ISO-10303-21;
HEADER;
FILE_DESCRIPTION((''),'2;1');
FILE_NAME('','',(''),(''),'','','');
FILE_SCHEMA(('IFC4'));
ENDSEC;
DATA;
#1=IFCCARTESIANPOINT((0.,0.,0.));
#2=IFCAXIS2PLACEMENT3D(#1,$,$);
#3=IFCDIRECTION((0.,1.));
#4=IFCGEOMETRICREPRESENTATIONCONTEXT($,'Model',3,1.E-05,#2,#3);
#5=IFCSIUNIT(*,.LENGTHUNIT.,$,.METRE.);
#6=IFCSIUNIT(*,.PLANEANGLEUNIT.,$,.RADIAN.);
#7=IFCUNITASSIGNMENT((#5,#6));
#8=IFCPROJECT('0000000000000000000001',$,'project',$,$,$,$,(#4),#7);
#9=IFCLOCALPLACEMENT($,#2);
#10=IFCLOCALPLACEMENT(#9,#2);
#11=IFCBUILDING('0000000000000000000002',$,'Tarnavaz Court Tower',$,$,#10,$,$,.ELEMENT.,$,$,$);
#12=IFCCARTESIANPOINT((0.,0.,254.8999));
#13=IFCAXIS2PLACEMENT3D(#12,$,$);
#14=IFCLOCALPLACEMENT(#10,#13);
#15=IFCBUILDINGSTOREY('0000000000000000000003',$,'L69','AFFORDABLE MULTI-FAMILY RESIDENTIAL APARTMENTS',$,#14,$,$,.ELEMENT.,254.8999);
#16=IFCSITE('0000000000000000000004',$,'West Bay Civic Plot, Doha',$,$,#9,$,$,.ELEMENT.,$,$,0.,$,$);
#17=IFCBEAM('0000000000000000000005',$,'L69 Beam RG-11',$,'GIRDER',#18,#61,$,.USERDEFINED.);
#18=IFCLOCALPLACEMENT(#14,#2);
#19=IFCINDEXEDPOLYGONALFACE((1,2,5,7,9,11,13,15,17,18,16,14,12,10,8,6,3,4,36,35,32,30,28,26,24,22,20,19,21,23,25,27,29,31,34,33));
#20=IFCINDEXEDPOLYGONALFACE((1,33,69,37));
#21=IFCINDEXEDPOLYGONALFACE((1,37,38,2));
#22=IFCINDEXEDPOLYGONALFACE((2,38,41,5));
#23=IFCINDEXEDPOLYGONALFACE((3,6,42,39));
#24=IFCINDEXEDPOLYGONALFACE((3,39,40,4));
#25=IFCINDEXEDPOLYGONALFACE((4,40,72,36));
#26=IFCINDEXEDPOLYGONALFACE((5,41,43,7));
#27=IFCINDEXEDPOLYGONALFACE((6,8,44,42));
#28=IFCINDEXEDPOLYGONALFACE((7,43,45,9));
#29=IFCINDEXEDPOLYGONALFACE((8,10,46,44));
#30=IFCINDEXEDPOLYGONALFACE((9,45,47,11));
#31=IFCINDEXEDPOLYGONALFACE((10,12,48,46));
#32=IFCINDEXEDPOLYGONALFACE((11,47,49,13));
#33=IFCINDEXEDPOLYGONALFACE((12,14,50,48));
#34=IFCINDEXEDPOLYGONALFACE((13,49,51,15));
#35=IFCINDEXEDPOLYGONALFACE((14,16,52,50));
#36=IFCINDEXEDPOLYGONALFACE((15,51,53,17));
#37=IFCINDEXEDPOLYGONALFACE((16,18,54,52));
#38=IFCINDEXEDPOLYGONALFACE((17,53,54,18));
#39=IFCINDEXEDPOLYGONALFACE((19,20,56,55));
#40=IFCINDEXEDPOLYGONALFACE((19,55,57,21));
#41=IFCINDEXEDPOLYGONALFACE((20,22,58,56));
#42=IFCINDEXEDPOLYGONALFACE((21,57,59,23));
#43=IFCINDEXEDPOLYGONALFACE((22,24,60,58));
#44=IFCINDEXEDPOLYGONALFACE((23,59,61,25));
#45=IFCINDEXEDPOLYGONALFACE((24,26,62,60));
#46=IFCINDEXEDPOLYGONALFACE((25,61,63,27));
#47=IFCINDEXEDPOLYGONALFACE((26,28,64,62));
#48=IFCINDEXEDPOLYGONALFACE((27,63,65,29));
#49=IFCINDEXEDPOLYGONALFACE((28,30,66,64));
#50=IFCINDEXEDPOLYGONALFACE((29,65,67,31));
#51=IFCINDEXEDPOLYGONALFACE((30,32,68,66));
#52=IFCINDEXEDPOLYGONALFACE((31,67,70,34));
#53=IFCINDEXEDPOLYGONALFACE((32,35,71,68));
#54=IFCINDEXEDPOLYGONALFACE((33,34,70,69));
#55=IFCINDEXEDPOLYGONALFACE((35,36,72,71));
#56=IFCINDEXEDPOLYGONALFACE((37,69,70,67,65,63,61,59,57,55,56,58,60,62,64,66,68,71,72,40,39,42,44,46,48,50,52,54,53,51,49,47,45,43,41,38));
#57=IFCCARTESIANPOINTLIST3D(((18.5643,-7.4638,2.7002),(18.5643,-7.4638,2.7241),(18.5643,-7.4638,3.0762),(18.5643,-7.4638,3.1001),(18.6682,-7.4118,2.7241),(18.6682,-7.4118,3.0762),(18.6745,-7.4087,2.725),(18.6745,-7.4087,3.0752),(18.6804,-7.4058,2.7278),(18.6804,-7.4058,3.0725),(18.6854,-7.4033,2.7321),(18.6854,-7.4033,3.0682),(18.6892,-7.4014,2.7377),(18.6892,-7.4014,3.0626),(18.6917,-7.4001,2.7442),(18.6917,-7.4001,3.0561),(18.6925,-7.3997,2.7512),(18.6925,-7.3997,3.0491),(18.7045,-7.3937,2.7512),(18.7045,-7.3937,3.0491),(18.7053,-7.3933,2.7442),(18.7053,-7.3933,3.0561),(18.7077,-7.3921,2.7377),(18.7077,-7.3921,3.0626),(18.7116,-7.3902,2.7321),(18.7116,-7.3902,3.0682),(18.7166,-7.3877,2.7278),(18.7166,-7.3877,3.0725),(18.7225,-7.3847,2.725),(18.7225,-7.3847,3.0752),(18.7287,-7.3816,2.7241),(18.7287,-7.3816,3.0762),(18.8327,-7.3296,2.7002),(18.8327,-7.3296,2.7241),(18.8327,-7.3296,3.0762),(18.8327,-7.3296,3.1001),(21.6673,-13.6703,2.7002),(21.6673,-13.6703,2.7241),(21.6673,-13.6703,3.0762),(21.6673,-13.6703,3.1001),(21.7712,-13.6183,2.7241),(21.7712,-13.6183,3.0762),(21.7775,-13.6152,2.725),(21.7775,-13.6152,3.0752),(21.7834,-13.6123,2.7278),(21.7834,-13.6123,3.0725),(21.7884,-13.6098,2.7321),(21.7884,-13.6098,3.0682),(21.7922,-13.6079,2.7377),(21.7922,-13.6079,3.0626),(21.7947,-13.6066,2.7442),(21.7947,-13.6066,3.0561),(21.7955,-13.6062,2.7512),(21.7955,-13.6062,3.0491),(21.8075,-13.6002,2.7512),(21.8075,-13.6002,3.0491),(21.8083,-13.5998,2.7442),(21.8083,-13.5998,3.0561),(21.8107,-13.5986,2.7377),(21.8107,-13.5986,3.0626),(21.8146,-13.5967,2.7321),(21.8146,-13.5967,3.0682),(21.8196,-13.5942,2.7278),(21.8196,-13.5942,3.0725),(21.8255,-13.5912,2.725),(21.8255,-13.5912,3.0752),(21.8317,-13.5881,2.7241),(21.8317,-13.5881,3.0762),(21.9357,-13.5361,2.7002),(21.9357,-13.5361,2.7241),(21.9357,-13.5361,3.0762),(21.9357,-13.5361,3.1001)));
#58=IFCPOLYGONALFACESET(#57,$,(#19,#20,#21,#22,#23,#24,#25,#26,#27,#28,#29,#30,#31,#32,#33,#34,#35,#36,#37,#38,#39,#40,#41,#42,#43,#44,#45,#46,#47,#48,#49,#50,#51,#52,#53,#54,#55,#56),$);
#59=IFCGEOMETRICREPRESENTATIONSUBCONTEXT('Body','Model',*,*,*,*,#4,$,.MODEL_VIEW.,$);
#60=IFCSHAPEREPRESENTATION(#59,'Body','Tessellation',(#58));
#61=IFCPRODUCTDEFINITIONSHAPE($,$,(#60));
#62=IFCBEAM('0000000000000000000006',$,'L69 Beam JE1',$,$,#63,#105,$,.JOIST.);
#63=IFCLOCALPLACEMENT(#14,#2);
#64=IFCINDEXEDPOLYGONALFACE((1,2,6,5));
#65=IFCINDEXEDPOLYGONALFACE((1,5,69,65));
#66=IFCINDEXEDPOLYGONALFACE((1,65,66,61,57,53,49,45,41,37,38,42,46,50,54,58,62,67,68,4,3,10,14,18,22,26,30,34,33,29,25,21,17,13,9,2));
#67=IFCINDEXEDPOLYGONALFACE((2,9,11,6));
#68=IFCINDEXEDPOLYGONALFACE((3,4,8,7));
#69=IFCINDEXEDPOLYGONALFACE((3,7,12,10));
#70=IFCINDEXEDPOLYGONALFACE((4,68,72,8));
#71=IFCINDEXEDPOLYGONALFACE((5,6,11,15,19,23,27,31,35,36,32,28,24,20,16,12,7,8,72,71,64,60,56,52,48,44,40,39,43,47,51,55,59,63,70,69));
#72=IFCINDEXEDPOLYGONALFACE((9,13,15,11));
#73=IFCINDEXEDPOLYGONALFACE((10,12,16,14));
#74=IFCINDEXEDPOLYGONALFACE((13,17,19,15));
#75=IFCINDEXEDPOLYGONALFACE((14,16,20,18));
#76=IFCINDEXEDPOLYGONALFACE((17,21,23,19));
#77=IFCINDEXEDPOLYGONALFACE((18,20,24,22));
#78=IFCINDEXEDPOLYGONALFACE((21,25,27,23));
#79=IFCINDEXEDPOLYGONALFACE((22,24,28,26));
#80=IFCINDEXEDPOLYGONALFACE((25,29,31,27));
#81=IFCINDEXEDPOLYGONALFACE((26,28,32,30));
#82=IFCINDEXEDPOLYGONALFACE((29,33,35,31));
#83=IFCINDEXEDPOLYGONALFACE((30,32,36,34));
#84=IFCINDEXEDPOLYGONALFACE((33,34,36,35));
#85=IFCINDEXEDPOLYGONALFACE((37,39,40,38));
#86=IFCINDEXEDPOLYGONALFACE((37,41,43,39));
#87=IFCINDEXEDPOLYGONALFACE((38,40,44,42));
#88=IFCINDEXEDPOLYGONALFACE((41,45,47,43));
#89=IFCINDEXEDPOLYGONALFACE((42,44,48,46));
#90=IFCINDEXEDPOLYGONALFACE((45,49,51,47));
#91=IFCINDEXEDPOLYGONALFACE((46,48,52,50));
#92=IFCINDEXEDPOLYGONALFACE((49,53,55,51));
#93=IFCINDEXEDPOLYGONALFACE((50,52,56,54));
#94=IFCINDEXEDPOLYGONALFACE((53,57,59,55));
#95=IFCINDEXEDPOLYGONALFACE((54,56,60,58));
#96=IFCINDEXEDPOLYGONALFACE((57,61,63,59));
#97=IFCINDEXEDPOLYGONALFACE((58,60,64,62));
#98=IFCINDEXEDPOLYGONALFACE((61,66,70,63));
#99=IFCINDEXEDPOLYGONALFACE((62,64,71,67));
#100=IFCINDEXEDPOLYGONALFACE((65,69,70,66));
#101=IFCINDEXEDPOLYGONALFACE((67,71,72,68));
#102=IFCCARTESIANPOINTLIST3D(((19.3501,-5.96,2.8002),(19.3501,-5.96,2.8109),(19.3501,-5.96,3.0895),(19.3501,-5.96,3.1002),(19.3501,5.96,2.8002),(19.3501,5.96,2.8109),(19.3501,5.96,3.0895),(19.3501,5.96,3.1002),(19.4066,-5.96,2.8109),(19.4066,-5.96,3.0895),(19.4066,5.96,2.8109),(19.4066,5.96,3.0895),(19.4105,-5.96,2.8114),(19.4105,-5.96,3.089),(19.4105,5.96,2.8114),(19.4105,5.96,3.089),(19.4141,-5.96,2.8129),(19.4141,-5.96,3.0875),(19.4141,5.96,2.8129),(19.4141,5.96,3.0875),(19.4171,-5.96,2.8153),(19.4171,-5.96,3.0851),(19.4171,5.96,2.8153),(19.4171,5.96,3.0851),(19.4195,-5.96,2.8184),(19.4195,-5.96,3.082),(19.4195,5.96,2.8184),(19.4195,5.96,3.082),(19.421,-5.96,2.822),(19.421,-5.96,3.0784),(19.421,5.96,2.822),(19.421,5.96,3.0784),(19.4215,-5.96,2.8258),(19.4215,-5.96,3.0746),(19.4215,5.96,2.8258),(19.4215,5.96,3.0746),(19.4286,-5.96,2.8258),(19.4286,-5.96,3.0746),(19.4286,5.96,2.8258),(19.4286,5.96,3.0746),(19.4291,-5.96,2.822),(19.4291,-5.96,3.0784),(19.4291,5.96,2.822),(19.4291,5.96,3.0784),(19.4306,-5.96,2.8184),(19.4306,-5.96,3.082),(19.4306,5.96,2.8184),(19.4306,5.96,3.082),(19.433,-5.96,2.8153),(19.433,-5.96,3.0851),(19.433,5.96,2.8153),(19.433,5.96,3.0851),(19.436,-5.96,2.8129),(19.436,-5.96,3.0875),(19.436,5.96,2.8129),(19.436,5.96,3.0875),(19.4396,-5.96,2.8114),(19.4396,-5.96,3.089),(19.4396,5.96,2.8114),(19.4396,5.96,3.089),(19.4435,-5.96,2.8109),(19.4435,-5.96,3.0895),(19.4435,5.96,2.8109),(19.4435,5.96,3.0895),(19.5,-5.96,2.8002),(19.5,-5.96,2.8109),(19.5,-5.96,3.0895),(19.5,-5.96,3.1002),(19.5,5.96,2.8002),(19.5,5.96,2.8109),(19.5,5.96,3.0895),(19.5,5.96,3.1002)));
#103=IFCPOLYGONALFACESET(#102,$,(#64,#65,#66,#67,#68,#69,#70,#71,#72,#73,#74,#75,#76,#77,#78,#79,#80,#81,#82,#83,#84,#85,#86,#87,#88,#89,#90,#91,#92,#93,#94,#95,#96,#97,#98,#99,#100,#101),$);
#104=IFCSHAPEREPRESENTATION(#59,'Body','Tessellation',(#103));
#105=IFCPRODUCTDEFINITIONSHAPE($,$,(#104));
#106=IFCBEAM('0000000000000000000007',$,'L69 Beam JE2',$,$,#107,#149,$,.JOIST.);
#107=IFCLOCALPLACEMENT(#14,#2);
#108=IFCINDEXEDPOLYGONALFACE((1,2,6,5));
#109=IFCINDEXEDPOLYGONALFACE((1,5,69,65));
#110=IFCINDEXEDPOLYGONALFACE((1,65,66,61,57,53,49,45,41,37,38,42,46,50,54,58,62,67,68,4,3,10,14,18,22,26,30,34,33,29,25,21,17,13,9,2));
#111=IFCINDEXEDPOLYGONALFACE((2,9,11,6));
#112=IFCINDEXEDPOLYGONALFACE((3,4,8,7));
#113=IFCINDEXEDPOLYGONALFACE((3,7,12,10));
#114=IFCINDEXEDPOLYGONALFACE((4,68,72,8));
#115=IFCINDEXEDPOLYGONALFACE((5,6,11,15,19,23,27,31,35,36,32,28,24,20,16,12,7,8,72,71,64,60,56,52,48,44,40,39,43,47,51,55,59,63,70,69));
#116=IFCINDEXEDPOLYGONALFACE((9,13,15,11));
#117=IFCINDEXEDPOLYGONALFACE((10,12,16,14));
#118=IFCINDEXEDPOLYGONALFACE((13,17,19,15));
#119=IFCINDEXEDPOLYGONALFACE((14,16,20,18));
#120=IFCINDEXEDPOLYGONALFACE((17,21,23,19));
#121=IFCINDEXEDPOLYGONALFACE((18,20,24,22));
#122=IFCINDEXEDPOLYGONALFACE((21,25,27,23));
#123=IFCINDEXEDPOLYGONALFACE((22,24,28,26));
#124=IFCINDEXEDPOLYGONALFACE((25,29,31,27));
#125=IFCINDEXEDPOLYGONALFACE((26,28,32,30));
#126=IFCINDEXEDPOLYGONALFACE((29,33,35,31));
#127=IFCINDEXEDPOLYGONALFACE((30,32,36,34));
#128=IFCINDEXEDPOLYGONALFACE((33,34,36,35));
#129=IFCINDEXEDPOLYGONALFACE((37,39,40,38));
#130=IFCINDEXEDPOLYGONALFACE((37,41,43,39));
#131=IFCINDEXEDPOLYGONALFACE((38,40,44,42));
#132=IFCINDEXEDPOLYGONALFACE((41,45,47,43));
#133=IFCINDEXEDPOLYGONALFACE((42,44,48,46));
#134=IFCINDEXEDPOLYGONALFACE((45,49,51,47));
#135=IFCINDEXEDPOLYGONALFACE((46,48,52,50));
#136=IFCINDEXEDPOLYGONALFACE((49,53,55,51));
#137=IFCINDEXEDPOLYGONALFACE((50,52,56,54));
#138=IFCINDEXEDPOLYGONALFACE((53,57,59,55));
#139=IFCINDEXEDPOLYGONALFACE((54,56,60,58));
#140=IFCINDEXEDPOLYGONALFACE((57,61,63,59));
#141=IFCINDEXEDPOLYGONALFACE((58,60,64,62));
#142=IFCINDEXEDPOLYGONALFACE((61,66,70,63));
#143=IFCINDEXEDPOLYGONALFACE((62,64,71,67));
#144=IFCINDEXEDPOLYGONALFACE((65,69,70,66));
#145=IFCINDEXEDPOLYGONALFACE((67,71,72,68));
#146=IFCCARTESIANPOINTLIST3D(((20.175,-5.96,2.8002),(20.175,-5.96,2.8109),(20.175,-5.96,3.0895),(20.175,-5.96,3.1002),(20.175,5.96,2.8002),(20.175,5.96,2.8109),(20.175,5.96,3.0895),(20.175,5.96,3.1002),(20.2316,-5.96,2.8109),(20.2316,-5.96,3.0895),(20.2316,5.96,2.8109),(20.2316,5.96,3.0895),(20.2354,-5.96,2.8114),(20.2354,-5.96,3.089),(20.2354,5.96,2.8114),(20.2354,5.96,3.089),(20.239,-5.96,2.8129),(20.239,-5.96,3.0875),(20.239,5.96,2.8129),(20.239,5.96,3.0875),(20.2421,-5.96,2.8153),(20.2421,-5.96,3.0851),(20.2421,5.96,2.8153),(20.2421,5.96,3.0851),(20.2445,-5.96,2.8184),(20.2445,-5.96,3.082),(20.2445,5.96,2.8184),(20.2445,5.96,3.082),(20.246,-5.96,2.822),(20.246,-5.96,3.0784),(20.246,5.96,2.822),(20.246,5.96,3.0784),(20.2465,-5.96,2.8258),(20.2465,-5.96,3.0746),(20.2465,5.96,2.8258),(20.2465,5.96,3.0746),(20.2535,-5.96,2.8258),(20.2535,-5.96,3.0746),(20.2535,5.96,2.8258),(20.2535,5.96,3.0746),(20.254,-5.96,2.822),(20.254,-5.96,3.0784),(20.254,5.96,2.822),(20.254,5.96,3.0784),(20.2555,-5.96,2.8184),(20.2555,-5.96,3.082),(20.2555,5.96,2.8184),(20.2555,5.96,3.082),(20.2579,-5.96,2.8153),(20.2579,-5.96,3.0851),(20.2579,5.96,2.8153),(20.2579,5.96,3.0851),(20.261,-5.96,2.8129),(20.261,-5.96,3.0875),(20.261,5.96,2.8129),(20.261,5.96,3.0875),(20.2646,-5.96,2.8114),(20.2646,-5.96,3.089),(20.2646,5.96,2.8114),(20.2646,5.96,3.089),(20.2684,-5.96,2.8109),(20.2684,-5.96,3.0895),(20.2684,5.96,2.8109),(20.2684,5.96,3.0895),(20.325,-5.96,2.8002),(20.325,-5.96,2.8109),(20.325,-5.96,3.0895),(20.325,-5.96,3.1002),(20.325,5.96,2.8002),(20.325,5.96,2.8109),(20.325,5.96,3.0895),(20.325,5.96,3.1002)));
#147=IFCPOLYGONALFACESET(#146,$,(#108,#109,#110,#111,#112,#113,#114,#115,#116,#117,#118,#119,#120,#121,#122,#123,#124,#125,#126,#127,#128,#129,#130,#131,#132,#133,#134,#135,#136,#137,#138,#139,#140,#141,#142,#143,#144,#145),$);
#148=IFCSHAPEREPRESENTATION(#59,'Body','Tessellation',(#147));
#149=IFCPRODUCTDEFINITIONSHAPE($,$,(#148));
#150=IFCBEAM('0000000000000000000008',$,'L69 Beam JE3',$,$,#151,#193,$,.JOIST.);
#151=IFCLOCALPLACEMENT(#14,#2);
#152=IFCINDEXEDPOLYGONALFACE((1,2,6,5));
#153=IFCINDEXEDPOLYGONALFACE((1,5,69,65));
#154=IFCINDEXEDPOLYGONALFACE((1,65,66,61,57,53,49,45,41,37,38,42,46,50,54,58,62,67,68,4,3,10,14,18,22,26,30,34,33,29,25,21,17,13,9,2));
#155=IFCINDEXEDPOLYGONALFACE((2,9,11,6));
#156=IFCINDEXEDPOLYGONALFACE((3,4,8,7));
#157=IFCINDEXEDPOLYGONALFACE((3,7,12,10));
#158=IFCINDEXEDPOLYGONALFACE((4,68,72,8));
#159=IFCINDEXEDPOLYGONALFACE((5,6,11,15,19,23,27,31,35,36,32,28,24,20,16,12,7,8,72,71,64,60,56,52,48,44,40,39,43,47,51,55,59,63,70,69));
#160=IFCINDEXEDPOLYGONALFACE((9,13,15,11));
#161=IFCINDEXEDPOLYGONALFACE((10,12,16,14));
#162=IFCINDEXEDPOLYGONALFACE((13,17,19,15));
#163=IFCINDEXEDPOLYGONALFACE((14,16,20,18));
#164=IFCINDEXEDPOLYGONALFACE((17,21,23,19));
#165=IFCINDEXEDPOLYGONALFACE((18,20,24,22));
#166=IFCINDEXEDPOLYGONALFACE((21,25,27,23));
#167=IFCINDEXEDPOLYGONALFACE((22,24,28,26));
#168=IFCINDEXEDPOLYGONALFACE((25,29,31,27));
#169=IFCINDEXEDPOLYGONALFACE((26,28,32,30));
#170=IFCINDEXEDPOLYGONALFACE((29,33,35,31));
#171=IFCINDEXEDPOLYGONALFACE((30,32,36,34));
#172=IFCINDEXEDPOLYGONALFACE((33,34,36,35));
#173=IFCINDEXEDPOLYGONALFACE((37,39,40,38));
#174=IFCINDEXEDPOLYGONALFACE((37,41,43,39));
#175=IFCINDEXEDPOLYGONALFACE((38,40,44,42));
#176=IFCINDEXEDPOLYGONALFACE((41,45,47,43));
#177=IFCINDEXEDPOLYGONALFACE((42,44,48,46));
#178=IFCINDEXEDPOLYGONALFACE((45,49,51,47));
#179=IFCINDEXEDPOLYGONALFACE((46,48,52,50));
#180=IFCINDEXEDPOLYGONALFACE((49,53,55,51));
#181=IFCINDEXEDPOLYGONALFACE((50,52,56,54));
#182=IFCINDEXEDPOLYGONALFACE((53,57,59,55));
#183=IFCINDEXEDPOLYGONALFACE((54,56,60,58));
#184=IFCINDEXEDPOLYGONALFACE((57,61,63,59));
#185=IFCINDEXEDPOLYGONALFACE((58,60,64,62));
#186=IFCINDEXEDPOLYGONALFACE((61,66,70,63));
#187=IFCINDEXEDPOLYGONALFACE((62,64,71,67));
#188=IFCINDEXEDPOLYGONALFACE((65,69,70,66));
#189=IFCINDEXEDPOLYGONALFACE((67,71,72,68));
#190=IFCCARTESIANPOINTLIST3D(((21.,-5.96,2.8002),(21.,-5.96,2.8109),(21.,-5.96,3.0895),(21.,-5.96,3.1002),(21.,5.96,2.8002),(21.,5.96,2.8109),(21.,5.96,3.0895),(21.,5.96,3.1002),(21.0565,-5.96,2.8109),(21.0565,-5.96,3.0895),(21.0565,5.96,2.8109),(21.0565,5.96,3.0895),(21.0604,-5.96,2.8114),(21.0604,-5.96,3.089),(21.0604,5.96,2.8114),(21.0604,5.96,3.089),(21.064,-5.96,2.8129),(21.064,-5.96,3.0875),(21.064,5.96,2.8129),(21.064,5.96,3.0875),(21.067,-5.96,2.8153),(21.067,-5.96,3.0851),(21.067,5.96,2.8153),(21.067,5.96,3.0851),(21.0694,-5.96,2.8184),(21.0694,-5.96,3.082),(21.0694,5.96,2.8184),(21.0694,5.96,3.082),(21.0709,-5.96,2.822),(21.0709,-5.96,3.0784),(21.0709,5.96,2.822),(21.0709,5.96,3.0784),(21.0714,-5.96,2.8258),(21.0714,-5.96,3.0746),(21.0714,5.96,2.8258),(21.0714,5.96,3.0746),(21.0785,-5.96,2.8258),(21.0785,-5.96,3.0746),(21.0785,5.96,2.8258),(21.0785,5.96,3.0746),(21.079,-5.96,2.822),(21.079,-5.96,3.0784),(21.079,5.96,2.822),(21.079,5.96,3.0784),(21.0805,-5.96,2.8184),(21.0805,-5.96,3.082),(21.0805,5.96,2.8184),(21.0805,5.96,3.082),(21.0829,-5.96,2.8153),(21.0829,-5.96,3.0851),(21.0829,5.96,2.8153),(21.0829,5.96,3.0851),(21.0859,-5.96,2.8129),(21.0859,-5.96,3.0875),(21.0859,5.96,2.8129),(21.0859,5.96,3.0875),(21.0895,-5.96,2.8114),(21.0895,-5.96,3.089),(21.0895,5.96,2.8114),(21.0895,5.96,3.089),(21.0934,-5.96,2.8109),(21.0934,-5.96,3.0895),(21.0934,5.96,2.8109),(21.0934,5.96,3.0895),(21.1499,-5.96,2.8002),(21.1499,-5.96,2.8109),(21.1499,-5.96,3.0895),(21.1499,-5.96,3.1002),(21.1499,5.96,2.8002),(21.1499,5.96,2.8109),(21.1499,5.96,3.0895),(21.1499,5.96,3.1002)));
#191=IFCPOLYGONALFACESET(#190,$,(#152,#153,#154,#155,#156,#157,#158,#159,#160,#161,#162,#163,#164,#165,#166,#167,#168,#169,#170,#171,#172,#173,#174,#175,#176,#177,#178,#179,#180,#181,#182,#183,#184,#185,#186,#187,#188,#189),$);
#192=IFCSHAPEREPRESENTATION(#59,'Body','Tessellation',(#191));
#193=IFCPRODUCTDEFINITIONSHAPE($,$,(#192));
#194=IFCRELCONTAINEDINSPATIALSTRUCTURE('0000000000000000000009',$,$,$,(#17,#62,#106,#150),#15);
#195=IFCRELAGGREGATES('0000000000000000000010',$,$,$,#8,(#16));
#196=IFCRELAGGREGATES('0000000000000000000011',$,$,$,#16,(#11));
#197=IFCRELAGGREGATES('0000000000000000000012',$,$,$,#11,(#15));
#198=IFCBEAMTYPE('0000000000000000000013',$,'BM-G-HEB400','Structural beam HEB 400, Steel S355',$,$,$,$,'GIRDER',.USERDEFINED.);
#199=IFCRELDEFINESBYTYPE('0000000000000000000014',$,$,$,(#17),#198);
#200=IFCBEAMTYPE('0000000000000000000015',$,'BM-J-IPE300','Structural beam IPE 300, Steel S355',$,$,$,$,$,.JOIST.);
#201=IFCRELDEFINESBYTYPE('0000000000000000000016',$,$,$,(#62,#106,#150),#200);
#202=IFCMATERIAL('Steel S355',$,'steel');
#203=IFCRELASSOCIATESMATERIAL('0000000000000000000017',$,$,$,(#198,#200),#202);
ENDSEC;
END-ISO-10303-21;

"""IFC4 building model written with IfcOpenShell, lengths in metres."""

from ifc_helpers import new_model, si_unit, direction, frame, origin, origin_2d, place, context, subcontext, project, spatial, i_section, extrude, material, material_profile, profile_set, type_object, element, save


model = new_model("IFC4")

# Units and contexts
model_context = context("Model", 3, precision=1e-05, world=origin(), true_north=direction((0.0, 1.0)))
body_context = subcontext(model_context, "Body", "Model", "MODEL_VIEW")
ifc_project = project(units=[si_unit("LENGTHUNIT", "METRE"), si_unit("PLANEANGLEUNIT", "RADIAN")], contexts=[model_context])

# Site, building, storey
site_placement = place(None, origin())
site = spatial("IfcSite", under=ifc_project, at=site_placement, Name="West Bay Civic Plot, Doha", CompositionType="ELEMENT", RefElevation=0.0)
building_placement = place(site_placement, origin())
building = spatial("IfcBuilding", under=site, at=building_placement, Name="Tarnavaz Court Tower", CompositionType="ELEMENT")
storey_placement = place(building_placement, frame((0.0, 0.0, 254.8999)))
storey = spatial("IfcBuildingStorey", under=building, at=storey_placement, Name="L69", Description="AFFORDABLE MULTI-FAMILY RESIDENTIAL APARTMENTS", CompositionType="ELEMENT", Elevation=254.8999)

# Beams
ifc_material_1 = material(Name="Steel S355", Category="steel")
ifc_material_profile_1 = material_profile(ifc_material_1, i_section(OverallWidth=0.3, OverallDepth=0.3999, WebThickness=0.0134, FlangeThickness=0.0239, FilletRadius=0.0271, at=origin_2d()), Name="HEB 400")
ifc_profile_set_1 = profile_set([ifc_material_profile_1], Name="Steel S355")
beam_type_1 = type_object("IfcBeamType", Name="BM-G-HEB400", Description="Structural beam HEB 400, Steel S355", ElementType="GIRDER", PredefinedType="USERDEFINED", material=ifc_profile_set_1)
beam_1_placement = place(storey_placement, frame((18.6985, -7.3967, 2.9001), z_axis=(0.447185, -0.894441, 0.0), x_axis=(0.894441, 0.447185, 0.0)))
element("IfcBeam", 1, at=beam_1_placement, inside=storey, type_object=beam_type_1, Name="L69 Beam RG-11", ObjectType="GIRDER", PredefinedType="USERDEFINED", context=body_context, shape_type="SweptSolid", body=[
    extrude(i_section(OverallWidth=0.3, OverallDepth=0.3999, WebThickness=0.0134, FlangeThickness=0.0239, FilletRadius=0.0271, at=origin_2d()), origin(), (0.0, 0.0, 1.0), 6.939),
])
ifc_material_profile_2 = material_profile(ifc_material_1, i_section(OverallWidth=0.1499, OverallDepth=0.3, WebThickness=0.0071, FlangeThickness=0.0107, FilletRadius=0.0149, at=origin_2d()), Name="IPE 300")
ifc_profile_set_2 = profile_set([ifc_material_profile_2], Name="Steel S355")
beam_type_2 = type_object("IfcBeamType", Name="BM-J-IPE300", Description="Structural beam IPE 300, Steel S355", PredefinedType="JOIST", material=ifc_profile_set_2)
for number, where, z_axis, x_axis, name in (
    (2, (19.425, -5.96, 2.9502), (0.0, 1.0, 0.0), (-1.0, 0.0, 0.0), "L69 Beam JE1"),
    (3, (20.25, -5.96, 2.9502), (0.0, 1.0, 0.0), (-1.0, 0.0, 0.0), "L69 Beam JE2"),
    (4, (21.075, -5.96, 2.9502), (0.0, 1.0, 0.0), (-1.0, 0.0, 0.0), "L69 Beam JE3"),
):
    element("IfcBeam", number, at=place(storey_placement, frame(where, z_axis=z_axis, x_axis=x_axis)), inside=storey, type_object=beam_type_2, Name=name, PredefinedType="JOIST", context=body_context, shape_type="SweptSolid", body=[
        extrude(i_section(OverallWidth=0.1499, OverallDepth=0.3, WebThickness=0.0071, FlangeThickness=0.0107, FilletRadius=0.0149, at=origin_2d()), origin(), (0.0, 0.0, 1.0), 11.9199),
    ])

save(model, "model.ifc")
